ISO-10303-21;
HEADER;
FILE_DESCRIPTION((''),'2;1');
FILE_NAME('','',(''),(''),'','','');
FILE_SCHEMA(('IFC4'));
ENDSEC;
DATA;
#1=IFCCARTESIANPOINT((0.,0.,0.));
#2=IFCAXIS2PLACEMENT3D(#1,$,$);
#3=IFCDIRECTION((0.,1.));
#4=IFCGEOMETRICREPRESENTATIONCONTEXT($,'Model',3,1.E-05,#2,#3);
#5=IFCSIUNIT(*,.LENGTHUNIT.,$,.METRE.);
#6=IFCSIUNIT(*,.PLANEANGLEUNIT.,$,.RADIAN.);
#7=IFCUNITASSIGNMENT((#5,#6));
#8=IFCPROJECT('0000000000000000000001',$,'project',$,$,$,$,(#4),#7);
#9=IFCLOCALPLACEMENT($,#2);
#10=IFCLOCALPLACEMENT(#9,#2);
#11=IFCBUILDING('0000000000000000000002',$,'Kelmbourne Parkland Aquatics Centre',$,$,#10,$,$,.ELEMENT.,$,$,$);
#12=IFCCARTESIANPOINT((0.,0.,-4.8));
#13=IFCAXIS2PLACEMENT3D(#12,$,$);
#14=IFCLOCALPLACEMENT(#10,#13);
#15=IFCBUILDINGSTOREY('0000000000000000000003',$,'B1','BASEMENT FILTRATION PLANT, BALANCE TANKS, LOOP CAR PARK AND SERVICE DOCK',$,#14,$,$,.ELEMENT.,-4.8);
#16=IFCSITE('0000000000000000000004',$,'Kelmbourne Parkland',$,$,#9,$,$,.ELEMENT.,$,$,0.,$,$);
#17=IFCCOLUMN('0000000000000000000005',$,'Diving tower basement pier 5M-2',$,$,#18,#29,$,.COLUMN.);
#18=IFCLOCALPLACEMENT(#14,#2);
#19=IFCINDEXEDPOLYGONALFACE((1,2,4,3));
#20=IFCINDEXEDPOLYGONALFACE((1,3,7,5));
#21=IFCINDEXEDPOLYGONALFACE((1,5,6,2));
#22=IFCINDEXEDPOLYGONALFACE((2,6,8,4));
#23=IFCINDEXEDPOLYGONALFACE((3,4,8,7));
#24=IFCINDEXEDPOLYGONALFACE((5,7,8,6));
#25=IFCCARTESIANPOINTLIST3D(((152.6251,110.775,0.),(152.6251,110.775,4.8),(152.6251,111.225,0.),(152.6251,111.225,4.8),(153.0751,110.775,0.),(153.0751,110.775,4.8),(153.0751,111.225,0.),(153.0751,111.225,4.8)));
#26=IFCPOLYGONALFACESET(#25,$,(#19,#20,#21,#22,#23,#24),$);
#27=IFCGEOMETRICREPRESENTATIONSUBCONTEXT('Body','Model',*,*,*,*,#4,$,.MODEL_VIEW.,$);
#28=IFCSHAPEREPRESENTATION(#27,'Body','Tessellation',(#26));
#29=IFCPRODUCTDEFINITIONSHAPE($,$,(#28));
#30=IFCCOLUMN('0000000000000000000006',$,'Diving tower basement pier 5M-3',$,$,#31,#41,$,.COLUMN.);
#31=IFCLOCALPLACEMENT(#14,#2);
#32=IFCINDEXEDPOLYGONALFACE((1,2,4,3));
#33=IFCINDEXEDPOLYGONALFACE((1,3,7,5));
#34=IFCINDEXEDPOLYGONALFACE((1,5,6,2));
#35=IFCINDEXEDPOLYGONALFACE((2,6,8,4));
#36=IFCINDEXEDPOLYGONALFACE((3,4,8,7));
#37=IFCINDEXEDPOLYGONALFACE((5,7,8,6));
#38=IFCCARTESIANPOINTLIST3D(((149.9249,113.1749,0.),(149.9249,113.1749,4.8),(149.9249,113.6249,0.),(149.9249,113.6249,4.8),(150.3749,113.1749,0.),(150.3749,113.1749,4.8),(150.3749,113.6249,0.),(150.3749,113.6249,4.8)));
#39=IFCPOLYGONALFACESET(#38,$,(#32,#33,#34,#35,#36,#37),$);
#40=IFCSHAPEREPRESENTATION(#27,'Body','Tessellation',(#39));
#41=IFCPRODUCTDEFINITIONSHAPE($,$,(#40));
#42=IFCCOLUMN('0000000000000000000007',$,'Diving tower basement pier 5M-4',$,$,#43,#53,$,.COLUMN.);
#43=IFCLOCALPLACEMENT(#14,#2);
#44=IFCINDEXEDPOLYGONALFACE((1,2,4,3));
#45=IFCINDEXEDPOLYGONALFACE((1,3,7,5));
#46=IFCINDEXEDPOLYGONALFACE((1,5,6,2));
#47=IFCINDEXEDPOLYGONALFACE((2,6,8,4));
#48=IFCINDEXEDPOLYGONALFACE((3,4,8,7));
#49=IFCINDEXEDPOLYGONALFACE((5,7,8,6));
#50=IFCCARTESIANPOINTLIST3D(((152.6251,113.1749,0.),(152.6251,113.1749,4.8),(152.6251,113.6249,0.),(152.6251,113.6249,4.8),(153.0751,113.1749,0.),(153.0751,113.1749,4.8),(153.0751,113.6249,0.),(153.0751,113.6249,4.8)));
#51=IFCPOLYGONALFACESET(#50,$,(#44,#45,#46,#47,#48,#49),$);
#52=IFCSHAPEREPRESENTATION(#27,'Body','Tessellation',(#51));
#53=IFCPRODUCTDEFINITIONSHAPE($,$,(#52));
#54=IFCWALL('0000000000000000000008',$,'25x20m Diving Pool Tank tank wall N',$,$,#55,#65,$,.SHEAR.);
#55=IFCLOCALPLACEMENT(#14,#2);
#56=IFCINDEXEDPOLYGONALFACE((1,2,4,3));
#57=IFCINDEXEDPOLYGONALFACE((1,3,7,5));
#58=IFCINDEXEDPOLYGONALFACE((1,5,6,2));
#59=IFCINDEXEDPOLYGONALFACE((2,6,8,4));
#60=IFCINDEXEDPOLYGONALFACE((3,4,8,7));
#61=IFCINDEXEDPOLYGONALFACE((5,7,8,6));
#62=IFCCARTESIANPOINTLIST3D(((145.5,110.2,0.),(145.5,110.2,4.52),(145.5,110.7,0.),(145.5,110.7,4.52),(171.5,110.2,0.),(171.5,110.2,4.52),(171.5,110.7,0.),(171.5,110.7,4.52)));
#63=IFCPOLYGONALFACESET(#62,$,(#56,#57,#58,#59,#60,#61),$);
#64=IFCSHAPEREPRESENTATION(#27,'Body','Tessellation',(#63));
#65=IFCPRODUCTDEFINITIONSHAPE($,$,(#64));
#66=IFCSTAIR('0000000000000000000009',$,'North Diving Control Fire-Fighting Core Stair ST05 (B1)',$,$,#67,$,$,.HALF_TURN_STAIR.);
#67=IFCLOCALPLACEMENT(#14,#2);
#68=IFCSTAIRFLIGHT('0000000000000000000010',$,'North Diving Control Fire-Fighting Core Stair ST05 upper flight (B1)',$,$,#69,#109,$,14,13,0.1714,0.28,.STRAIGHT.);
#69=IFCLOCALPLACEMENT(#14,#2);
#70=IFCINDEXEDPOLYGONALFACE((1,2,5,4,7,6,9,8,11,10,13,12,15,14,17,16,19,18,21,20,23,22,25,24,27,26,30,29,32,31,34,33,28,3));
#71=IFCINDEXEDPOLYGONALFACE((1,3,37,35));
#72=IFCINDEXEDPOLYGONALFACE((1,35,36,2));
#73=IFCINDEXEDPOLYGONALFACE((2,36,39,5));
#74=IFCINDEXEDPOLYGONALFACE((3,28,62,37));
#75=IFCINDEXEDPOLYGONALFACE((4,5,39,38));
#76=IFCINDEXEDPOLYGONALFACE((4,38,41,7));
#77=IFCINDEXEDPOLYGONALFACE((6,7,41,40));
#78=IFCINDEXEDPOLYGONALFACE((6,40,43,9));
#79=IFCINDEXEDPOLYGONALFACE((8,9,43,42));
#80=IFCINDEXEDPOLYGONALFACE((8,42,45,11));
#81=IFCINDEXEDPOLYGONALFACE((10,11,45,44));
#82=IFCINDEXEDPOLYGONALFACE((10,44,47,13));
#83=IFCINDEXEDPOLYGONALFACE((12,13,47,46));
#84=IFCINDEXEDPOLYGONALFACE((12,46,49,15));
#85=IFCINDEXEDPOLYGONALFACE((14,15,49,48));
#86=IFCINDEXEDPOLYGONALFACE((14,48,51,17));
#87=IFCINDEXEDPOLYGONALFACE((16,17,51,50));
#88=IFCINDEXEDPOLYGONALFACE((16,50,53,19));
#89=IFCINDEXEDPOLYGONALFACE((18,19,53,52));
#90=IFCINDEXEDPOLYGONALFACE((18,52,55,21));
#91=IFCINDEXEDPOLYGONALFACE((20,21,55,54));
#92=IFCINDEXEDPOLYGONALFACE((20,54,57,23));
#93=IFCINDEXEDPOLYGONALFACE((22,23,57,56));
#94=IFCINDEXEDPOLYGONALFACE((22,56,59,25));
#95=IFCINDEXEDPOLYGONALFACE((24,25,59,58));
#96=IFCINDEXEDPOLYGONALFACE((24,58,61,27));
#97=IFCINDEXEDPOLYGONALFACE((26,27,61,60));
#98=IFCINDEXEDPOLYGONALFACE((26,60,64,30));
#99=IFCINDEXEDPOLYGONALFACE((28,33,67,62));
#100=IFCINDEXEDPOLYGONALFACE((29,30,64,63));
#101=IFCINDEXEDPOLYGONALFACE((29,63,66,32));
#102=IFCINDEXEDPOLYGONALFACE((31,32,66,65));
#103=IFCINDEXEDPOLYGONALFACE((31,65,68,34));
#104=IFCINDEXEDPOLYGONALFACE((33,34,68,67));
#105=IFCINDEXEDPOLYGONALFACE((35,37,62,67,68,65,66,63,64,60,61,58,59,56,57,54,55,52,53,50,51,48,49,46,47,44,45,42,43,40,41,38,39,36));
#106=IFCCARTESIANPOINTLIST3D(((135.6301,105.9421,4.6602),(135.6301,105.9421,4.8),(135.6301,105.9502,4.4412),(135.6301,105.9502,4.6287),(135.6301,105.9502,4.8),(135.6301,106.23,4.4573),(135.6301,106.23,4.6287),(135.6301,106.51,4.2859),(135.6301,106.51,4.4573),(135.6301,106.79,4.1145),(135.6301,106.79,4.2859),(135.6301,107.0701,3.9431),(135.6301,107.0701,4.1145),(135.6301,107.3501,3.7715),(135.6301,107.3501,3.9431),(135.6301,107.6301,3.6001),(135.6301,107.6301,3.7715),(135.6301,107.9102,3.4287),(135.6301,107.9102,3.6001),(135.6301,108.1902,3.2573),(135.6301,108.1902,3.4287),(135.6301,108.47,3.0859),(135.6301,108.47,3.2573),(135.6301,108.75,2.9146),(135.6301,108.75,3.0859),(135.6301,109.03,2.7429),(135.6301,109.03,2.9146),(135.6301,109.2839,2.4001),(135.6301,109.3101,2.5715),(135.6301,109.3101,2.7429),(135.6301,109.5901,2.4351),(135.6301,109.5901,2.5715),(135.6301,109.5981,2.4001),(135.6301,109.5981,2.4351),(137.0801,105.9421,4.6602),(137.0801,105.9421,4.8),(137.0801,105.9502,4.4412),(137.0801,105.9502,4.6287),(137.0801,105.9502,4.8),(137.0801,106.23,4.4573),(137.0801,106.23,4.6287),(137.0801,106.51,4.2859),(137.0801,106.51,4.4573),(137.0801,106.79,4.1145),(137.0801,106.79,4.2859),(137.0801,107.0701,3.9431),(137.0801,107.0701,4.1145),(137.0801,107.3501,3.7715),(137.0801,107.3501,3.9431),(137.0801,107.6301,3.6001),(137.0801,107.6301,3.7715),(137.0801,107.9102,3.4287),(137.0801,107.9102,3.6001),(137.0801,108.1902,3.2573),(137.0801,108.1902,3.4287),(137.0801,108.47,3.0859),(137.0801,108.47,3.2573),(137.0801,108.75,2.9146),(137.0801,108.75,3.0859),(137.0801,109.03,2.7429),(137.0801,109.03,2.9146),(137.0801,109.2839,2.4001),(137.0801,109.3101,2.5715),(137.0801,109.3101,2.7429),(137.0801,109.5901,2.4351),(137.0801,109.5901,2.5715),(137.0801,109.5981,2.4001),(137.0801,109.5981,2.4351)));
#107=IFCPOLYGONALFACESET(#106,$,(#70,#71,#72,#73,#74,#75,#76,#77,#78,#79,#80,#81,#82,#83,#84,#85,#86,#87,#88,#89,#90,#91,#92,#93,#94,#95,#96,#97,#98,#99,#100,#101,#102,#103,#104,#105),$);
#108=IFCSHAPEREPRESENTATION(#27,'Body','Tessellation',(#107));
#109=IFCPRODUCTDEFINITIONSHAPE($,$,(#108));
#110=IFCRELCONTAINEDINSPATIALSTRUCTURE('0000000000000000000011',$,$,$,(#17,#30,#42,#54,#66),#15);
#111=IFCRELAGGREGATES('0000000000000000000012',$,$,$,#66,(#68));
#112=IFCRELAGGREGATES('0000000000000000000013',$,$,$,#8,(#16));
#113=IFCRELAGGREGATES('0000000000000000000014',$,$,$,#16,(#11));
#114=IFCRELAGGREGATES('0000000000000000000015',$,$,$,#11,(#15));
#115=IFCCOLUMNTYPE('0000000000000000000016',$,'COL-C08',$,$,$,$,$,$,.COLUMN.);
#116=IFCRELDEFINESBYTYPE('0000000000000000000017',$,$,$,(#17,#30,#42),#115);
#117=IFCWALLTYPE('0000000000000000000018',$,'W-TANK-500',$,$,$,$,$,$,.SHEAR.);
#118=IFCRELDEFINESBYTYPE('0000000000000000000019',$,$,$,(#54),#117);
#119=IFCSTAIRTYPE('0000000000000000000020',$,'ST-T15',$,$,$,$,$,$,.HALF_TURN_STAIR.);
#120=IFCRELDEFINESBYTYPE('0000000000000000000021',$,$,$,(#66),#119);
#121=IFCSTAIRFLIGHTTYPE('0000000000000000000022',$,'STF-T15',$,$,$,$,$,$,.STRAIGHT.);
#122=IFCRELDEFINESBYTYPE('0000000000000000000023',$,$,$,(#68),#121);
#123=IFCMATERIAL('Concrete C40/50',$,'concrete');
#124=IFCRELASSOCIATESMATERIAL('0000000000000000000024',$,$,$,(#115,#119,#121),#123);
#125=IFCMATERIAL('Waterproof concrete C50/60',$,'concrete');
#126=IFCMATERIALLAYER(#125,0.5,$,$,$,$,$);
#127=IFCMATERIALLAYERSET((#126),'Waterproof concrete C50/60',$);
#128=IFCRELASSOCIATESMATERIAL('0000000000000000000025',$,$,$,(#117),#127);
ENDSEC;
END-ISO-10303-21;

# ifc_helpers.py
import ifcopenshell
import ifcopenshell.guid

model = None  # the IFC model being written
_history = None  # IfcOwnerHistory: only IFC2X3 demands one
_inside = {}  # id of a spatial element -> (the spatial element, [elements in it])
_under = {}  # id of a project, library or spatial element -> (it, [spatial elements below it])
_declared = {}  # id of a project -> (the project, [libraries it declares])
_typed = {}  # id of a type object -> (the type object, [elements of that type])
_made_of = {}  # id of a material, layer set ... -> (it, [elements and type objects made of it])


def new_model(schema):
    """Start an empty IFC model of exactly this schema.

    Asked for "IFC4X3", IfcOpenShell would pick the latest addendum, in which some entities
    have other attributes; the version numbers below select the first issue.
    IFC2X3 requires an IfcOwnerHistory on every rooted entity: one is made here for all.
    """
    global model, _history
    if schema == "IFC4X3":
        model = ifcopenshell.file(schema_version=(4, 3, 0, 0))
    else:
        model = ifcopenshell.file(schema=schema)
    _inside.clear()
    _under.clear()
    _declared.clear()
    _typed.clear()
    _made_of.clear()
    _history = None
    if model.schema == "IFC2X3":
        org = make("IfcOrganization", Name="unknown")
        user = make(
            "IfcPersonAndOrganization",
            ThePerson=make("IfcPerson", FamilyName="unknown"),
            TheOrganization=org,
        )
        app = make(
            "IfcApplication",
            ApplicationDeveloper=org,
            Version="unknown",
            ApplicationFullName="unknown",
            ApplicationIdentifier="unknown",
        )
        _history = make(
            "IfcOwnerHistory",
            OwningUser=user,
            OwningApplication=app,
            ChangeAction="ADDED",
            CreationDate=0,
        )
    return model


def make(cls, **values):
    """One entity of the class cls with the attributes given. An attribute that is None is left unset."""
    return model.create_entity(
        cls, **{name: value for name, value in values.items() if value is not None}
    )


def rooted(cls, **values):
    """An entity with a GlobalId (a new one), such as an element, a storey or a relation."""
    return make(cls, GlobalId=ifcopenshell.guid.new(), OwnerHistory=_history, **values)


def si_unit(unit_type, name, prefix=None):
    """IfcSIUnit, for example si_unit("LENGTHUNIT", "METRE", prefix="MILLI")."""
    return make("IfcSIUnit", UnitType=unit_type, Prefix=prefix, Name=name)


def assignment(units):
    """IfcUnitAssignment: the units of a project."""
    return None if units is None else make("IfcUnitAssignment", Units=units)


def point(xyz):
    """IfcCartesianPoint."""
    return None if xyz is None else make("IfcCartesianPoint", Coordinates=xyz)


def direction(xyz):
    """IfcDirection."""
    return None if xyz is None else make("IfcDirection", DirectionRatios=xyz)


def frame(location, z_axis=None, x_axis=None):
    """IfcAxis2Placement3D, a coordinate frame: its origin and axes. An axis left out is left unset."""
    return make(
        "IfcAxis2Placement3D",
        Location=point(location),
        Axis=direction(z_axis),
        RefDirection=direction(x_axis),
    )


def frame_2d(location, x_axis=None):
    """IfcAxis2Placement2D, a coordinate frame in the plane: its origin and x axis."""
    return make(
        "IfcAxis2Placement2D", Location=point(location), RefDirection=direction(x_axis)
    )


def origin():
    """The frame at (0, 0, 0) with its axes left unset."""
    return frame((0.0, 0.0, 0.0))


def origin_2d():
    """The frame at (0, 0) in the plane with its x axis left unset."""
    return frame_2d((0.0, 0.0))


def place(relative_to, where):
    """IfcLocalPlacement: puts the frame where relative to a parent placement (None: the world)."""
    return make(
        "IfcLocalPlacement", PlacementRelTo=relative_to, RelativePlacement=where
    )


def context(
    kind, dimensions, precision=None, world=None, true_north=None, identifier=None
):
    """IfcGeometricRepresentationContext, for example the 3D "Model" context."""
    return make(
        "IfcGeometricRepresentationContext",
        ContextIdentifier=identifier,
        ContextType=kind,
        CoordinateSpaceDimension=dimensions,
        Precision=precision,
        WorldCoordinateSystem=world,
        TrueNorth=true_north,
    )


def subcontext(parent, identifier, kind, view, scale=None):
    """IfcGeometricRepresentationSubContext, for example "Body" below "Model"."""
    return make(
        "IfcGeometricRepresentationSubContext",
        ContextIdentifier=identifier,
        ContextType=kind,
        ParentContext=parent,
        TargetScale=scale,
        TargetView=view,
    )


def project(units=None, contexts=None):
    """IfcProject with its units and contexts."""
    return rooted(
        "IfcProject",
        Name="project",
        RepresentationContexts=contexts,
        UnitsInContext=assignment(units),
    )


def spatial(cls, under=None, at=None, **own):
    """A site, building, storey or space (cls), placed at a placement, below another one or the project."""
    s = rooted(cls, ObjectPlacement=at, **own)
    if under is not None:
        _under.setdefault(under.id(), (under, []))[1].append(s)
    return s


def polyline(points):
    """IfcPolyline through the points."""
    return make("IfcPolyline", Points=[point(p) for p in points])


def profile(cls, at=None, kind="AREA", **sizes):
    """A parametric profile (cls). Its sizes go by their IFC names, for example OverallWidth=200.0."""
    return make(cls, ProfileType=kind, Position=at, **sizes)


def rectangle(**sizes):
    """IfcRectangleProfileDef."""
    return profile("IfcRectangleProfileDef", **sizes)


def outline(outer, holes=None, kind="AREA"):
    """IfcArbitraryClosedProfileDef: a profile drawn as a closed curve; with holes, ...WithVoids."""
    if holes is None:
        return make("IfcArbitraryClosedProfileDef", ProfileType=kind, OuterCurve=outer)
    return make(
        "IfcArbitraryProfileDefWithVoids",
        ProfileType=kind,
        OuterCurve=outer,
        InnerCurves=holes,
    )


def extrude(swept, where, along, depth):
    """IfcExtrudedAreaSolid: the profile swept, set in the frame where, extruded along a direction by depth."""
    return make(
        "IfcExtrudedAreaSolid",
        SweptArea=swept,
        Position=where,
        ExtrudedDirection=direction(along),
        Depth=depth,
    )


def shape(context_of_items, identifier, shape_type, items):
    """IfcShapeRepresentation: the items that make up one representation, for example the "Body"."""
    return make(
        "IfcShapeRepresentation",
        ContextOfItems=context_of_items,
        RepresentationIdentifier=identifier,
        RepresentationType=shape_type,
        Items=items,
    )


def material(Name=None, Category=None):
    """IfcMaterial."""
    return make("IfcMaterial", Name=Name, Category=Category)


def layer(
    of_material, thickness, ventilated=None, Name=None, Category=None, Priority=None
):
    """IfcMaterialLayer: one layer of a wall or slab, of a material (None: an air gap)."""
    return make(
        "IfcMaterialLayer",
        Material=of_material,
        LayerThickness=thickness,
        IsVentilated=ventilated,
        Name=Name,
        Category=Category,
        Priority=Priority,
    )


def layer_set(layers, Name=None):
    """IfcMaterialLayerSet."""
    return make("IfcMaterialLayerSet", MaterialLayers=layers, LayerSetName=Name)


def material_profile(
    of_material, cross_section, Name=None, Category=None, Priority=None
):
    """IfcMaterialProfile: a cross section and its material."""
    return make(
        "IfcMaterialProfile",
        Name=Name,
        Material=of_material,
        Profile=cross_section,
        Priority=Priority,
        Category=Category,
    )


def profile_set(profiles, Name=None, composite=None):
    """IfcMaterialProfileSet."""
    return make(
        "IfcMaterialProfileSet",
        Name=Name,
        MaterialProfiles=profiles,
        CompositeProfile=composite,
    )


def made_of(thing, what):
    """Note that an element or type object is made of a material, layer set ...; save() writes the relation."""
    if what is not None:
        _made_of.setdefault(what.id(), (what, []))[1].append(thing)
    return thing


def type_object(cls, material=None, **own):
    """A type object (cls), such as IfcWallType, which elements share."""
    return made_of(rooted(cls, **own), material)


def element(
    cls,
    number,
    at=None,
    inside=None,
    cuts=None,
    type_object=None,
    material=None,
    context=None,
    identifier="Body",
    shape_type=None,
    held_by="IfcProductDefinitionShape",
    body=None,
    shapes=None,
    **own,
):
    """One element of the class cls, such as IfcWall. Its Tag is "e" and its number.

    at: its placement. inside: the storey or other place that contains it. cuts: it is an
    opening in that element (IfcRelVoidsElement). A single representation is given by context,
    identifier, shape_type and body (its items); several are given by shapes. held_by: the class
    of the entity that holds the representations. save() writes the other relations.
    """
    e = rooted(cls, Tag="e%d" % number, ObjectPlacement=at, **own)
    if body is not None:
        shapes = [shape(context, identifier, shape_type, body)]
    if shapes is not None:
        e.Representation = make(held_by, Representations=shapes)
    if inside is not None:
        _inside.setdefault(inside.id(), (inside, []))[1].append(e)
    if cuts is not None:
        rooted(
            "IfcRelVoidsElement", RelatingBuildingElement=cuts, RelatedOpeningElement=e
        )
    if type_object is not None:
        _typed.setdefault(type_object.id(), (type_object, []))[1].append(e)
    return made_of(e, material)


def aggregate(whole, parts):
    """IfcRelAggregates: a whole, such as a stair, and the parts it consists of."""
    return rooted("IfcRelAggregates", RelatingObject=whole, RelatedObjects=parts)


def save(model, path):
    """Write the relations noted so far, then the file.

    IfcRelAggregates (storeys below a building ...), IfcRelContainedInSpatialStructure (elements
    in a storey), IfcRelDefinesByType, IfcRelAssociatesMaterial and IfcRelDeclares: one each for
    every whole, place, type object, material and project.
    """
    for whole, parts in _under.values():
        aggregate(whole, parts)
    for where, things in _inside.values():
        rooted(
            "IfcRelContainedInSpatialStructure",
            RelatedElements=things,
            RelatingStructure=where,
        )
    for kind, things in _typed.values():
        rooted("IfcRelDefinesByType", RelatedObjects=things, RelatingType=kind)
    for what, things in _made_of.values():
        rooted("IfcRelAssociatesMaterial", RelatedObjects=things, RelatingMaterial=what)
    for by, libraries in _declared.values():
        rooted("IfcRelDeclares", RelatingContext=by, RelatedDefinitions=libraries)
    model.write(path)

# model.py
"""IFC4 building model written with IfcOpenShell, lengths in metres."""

from ifc_helpers import new_model, si_unit, direction, frame, frame_2d, origin, origin_2d, place, context, subcontext, project, spatial, polyline, rectangle, outline, extrude, material, layer, layer_set, material_profile, profile_set, type_object, element, aggregate, save


model = new_model("IFC4")

# Units and contexts
model_context = context("Model", 3, precision=1e-05, world=origin(), true_north=direction((0.0, 1.0)))
body_context = subcontext(model_context, "Body", "Model", "MODEL_VIEW")
ifc_project = project(units=[si_unit("LENGTHUNIT", "METRE"), si_unit("PLANEANGLEUNIT", "RADIAN")], contexts=[model_context])

# Site, building, storey
site_placement = place(None, origin())
site = spatial("IfcSite", under=ifc_project, at=site_placement, Name="Kelmbourne Parkland", CompositionType="ELEMENT", RefElevation=0.0)
building_placement = place(site_placement, origin())
building = spatial("IfcBuilding", under=site, at=building_placement, Name="Kelmbourne Parkland Aquatics Centre", CompositionType="ELEMENT")
storey_placement = place(building_placement, frame((0.0, 0.0, -4.8)))
storey = spatial("IfcBuildingStorey", under=building, at=storey_placement, Name="B1", Description="BASEMENT FILTRATION PLANT, BALANCE TANKS, LOOP CAR PARK AND SERVICE DOCK", CompositionType="ELEMENT", Elevation=-4.8)

# Shared definitions
ifc_material_1 = material(Name="Waterproof concrete C50/60", Category="concrete")

# Columns
ifc_material_2 = material(Name="Concrete C40/50", Category="concrete")
ifc_material_profile_1 = material_profile(ifc_material_2, rectangle(XDim=0.45, YDim=0.45, at=origin_2d()), Name="RC 450x450")
ifc_profile_set_1 = profile_set([ifc_material_profile_1], Name="Concrete C40/50")
column_type_1 = type_object("IfcColumnType", Name="COL-C08", PredefinedType="COLUMN", material=ifc_profile_set_1)
for number, where, z_axis, x_axis, name in (
    (1, (152.8501, 111.0, 0.0), (0.0, 0.0, 1.0), (1.0, 0.0, 0.0), "Diving tower basement pier 5M-2"),
    (2, (150.1499, 113.3999, 0.0), (0.0, 0.0, 1.0), (1.0, 0.0, 0.0), "Diving tower basement pier 5M-3"),
    (3, (152.8501, 113.3999, 0.0), (0.0, 0.0, 1.0), (1.0, 0.0, 0.0), "Diving tower basement pier 5M-4"),
):
    element("IfcColumn", number, at=place(storey_placement, frame(where, z_axis=z_axis, x_axis=x_axis)), inside=storey, type_object=column_type_1, Name=name, PredefinedType="COLUMN", context=body_context, shape_type="SweptSolid", body=[
        extrude(rectangle(XDim=0.45, YDim=0.45, at=origin_2d()), origin(), (0.0, 0.0, 1.0), 4.8),
    ])

# Wall
ifc_layer = layer(ifc_material_1, 0.5)
ifc_layer_set = layer_set([ifc_layer], Name="Waterproof concrete C50/60")
wall_type = type_object("IfcWallType", Name="W-TANK-500", PredefinedType="SHEAR", material=ifc_layer_set)
wall_placement = place(storey_placement, frame((145.5, 110.45, 0.0), z_axis=(0.0, 0.0, 1.0), x_axis=(1.0, 0.0, 0.0)))
element("IfcWall", 4, at=wall_placement, inside=storey, type_object=wall_type, Name="25x20m Diving Pool Tank tank wall N", PredefinedType="SHEAR", context=body_context, shape_type="SweptSolid", body=[
    extrude(rectangle(XDim=26.0, YDim=0.5, at=frame_2d((13.0, 0.0))), origin(), (0.0, 0.0, 1.0), 4.52),
])

# Stair, stair flight
stair_type = type_object("IfcStairType", Name="ST-T15", PredefinedType="HALF_TURN_STAIR", material=ifc_material_2)
stair_placement = place(storey_placement, origin())
stair = element("IfcStair", 5, at=stair_placement, inside=storey, type_object=stair_type, Name="North Diving Control Fire-Fighting Core Stair ST05 (B1)", PredefinedType="HALF_TURN_STAIR")
stair_flight_type = type_object("IfcStairFlightType", Name="STF-T15", PredefinedType="STRAIGHT", material=ifc_material_2)
stair_flight_placement = place(storey_placement, frame((136.355, 109.5901, 2.4001), z_axis=(0.0, 0.0, 1.0), x_axis=(0.0, -1.0, 0.0)))
stair_flight = element("IfcStairFlight", 6, at=stair_flight_placement, type_object=stair_flight_type, Name="North Diving Control Fire-Fighting Core Stair ST05 upper flight (B1)", NumberOfRisers=14, NumberOfTreads=13, PredefinedType="STRAIGHT", RiserHeight=0.1714, TreadLength=0.28, context=body_context, shape_type="SweptSolid", body=[
    extrude(outline(polyline([(-0.0081, 0.0), (-0.0081, 0.0349), (0.0, 0.0349), (0.0, 0.1714), (0.28, 0.1714), (0.28, 0.3428), (0.5601, 0.3428), (0.5601, 0.5144), (0.8401, 0.5144), (0.8401, 0.6858), (1.1201, 0.6858), (1.1201, 0.8572), (1.3999, 0.8572), (1.3999, 1.0286), (1.6799, 1.0286), (1.6799, 1.2), (1.96, 1.2), (1.96, 1.3713), (2.24, 1.3713), (2.24, 1.543), (2.52, 1.543), (2.52, 1.7144), (2.8, 1.7144), (2.8, 1.8857), (3.0801, 1.8857), (3.0801, 2.0571), (3.3601, 2.0571), (3.3601, 2.2285), (3.6399, 2.2285), (3.6399, 2.3999), (3.6479, 2.3999), (3.6479, 2.26), (3.6399, 2.041), (0.3062, 0.0), (-0.0081, 0.0)])), frame((0.0, 0.7251, 0.0), z_axis=(0.0, -1.0, 0.0), x_axis=(1.0, 0.0, 0.0)), (0.0, 0.0, 1.0), 1.45),
])
aggregate(stair, [stair_flight])

save(model, "model.ifc")
